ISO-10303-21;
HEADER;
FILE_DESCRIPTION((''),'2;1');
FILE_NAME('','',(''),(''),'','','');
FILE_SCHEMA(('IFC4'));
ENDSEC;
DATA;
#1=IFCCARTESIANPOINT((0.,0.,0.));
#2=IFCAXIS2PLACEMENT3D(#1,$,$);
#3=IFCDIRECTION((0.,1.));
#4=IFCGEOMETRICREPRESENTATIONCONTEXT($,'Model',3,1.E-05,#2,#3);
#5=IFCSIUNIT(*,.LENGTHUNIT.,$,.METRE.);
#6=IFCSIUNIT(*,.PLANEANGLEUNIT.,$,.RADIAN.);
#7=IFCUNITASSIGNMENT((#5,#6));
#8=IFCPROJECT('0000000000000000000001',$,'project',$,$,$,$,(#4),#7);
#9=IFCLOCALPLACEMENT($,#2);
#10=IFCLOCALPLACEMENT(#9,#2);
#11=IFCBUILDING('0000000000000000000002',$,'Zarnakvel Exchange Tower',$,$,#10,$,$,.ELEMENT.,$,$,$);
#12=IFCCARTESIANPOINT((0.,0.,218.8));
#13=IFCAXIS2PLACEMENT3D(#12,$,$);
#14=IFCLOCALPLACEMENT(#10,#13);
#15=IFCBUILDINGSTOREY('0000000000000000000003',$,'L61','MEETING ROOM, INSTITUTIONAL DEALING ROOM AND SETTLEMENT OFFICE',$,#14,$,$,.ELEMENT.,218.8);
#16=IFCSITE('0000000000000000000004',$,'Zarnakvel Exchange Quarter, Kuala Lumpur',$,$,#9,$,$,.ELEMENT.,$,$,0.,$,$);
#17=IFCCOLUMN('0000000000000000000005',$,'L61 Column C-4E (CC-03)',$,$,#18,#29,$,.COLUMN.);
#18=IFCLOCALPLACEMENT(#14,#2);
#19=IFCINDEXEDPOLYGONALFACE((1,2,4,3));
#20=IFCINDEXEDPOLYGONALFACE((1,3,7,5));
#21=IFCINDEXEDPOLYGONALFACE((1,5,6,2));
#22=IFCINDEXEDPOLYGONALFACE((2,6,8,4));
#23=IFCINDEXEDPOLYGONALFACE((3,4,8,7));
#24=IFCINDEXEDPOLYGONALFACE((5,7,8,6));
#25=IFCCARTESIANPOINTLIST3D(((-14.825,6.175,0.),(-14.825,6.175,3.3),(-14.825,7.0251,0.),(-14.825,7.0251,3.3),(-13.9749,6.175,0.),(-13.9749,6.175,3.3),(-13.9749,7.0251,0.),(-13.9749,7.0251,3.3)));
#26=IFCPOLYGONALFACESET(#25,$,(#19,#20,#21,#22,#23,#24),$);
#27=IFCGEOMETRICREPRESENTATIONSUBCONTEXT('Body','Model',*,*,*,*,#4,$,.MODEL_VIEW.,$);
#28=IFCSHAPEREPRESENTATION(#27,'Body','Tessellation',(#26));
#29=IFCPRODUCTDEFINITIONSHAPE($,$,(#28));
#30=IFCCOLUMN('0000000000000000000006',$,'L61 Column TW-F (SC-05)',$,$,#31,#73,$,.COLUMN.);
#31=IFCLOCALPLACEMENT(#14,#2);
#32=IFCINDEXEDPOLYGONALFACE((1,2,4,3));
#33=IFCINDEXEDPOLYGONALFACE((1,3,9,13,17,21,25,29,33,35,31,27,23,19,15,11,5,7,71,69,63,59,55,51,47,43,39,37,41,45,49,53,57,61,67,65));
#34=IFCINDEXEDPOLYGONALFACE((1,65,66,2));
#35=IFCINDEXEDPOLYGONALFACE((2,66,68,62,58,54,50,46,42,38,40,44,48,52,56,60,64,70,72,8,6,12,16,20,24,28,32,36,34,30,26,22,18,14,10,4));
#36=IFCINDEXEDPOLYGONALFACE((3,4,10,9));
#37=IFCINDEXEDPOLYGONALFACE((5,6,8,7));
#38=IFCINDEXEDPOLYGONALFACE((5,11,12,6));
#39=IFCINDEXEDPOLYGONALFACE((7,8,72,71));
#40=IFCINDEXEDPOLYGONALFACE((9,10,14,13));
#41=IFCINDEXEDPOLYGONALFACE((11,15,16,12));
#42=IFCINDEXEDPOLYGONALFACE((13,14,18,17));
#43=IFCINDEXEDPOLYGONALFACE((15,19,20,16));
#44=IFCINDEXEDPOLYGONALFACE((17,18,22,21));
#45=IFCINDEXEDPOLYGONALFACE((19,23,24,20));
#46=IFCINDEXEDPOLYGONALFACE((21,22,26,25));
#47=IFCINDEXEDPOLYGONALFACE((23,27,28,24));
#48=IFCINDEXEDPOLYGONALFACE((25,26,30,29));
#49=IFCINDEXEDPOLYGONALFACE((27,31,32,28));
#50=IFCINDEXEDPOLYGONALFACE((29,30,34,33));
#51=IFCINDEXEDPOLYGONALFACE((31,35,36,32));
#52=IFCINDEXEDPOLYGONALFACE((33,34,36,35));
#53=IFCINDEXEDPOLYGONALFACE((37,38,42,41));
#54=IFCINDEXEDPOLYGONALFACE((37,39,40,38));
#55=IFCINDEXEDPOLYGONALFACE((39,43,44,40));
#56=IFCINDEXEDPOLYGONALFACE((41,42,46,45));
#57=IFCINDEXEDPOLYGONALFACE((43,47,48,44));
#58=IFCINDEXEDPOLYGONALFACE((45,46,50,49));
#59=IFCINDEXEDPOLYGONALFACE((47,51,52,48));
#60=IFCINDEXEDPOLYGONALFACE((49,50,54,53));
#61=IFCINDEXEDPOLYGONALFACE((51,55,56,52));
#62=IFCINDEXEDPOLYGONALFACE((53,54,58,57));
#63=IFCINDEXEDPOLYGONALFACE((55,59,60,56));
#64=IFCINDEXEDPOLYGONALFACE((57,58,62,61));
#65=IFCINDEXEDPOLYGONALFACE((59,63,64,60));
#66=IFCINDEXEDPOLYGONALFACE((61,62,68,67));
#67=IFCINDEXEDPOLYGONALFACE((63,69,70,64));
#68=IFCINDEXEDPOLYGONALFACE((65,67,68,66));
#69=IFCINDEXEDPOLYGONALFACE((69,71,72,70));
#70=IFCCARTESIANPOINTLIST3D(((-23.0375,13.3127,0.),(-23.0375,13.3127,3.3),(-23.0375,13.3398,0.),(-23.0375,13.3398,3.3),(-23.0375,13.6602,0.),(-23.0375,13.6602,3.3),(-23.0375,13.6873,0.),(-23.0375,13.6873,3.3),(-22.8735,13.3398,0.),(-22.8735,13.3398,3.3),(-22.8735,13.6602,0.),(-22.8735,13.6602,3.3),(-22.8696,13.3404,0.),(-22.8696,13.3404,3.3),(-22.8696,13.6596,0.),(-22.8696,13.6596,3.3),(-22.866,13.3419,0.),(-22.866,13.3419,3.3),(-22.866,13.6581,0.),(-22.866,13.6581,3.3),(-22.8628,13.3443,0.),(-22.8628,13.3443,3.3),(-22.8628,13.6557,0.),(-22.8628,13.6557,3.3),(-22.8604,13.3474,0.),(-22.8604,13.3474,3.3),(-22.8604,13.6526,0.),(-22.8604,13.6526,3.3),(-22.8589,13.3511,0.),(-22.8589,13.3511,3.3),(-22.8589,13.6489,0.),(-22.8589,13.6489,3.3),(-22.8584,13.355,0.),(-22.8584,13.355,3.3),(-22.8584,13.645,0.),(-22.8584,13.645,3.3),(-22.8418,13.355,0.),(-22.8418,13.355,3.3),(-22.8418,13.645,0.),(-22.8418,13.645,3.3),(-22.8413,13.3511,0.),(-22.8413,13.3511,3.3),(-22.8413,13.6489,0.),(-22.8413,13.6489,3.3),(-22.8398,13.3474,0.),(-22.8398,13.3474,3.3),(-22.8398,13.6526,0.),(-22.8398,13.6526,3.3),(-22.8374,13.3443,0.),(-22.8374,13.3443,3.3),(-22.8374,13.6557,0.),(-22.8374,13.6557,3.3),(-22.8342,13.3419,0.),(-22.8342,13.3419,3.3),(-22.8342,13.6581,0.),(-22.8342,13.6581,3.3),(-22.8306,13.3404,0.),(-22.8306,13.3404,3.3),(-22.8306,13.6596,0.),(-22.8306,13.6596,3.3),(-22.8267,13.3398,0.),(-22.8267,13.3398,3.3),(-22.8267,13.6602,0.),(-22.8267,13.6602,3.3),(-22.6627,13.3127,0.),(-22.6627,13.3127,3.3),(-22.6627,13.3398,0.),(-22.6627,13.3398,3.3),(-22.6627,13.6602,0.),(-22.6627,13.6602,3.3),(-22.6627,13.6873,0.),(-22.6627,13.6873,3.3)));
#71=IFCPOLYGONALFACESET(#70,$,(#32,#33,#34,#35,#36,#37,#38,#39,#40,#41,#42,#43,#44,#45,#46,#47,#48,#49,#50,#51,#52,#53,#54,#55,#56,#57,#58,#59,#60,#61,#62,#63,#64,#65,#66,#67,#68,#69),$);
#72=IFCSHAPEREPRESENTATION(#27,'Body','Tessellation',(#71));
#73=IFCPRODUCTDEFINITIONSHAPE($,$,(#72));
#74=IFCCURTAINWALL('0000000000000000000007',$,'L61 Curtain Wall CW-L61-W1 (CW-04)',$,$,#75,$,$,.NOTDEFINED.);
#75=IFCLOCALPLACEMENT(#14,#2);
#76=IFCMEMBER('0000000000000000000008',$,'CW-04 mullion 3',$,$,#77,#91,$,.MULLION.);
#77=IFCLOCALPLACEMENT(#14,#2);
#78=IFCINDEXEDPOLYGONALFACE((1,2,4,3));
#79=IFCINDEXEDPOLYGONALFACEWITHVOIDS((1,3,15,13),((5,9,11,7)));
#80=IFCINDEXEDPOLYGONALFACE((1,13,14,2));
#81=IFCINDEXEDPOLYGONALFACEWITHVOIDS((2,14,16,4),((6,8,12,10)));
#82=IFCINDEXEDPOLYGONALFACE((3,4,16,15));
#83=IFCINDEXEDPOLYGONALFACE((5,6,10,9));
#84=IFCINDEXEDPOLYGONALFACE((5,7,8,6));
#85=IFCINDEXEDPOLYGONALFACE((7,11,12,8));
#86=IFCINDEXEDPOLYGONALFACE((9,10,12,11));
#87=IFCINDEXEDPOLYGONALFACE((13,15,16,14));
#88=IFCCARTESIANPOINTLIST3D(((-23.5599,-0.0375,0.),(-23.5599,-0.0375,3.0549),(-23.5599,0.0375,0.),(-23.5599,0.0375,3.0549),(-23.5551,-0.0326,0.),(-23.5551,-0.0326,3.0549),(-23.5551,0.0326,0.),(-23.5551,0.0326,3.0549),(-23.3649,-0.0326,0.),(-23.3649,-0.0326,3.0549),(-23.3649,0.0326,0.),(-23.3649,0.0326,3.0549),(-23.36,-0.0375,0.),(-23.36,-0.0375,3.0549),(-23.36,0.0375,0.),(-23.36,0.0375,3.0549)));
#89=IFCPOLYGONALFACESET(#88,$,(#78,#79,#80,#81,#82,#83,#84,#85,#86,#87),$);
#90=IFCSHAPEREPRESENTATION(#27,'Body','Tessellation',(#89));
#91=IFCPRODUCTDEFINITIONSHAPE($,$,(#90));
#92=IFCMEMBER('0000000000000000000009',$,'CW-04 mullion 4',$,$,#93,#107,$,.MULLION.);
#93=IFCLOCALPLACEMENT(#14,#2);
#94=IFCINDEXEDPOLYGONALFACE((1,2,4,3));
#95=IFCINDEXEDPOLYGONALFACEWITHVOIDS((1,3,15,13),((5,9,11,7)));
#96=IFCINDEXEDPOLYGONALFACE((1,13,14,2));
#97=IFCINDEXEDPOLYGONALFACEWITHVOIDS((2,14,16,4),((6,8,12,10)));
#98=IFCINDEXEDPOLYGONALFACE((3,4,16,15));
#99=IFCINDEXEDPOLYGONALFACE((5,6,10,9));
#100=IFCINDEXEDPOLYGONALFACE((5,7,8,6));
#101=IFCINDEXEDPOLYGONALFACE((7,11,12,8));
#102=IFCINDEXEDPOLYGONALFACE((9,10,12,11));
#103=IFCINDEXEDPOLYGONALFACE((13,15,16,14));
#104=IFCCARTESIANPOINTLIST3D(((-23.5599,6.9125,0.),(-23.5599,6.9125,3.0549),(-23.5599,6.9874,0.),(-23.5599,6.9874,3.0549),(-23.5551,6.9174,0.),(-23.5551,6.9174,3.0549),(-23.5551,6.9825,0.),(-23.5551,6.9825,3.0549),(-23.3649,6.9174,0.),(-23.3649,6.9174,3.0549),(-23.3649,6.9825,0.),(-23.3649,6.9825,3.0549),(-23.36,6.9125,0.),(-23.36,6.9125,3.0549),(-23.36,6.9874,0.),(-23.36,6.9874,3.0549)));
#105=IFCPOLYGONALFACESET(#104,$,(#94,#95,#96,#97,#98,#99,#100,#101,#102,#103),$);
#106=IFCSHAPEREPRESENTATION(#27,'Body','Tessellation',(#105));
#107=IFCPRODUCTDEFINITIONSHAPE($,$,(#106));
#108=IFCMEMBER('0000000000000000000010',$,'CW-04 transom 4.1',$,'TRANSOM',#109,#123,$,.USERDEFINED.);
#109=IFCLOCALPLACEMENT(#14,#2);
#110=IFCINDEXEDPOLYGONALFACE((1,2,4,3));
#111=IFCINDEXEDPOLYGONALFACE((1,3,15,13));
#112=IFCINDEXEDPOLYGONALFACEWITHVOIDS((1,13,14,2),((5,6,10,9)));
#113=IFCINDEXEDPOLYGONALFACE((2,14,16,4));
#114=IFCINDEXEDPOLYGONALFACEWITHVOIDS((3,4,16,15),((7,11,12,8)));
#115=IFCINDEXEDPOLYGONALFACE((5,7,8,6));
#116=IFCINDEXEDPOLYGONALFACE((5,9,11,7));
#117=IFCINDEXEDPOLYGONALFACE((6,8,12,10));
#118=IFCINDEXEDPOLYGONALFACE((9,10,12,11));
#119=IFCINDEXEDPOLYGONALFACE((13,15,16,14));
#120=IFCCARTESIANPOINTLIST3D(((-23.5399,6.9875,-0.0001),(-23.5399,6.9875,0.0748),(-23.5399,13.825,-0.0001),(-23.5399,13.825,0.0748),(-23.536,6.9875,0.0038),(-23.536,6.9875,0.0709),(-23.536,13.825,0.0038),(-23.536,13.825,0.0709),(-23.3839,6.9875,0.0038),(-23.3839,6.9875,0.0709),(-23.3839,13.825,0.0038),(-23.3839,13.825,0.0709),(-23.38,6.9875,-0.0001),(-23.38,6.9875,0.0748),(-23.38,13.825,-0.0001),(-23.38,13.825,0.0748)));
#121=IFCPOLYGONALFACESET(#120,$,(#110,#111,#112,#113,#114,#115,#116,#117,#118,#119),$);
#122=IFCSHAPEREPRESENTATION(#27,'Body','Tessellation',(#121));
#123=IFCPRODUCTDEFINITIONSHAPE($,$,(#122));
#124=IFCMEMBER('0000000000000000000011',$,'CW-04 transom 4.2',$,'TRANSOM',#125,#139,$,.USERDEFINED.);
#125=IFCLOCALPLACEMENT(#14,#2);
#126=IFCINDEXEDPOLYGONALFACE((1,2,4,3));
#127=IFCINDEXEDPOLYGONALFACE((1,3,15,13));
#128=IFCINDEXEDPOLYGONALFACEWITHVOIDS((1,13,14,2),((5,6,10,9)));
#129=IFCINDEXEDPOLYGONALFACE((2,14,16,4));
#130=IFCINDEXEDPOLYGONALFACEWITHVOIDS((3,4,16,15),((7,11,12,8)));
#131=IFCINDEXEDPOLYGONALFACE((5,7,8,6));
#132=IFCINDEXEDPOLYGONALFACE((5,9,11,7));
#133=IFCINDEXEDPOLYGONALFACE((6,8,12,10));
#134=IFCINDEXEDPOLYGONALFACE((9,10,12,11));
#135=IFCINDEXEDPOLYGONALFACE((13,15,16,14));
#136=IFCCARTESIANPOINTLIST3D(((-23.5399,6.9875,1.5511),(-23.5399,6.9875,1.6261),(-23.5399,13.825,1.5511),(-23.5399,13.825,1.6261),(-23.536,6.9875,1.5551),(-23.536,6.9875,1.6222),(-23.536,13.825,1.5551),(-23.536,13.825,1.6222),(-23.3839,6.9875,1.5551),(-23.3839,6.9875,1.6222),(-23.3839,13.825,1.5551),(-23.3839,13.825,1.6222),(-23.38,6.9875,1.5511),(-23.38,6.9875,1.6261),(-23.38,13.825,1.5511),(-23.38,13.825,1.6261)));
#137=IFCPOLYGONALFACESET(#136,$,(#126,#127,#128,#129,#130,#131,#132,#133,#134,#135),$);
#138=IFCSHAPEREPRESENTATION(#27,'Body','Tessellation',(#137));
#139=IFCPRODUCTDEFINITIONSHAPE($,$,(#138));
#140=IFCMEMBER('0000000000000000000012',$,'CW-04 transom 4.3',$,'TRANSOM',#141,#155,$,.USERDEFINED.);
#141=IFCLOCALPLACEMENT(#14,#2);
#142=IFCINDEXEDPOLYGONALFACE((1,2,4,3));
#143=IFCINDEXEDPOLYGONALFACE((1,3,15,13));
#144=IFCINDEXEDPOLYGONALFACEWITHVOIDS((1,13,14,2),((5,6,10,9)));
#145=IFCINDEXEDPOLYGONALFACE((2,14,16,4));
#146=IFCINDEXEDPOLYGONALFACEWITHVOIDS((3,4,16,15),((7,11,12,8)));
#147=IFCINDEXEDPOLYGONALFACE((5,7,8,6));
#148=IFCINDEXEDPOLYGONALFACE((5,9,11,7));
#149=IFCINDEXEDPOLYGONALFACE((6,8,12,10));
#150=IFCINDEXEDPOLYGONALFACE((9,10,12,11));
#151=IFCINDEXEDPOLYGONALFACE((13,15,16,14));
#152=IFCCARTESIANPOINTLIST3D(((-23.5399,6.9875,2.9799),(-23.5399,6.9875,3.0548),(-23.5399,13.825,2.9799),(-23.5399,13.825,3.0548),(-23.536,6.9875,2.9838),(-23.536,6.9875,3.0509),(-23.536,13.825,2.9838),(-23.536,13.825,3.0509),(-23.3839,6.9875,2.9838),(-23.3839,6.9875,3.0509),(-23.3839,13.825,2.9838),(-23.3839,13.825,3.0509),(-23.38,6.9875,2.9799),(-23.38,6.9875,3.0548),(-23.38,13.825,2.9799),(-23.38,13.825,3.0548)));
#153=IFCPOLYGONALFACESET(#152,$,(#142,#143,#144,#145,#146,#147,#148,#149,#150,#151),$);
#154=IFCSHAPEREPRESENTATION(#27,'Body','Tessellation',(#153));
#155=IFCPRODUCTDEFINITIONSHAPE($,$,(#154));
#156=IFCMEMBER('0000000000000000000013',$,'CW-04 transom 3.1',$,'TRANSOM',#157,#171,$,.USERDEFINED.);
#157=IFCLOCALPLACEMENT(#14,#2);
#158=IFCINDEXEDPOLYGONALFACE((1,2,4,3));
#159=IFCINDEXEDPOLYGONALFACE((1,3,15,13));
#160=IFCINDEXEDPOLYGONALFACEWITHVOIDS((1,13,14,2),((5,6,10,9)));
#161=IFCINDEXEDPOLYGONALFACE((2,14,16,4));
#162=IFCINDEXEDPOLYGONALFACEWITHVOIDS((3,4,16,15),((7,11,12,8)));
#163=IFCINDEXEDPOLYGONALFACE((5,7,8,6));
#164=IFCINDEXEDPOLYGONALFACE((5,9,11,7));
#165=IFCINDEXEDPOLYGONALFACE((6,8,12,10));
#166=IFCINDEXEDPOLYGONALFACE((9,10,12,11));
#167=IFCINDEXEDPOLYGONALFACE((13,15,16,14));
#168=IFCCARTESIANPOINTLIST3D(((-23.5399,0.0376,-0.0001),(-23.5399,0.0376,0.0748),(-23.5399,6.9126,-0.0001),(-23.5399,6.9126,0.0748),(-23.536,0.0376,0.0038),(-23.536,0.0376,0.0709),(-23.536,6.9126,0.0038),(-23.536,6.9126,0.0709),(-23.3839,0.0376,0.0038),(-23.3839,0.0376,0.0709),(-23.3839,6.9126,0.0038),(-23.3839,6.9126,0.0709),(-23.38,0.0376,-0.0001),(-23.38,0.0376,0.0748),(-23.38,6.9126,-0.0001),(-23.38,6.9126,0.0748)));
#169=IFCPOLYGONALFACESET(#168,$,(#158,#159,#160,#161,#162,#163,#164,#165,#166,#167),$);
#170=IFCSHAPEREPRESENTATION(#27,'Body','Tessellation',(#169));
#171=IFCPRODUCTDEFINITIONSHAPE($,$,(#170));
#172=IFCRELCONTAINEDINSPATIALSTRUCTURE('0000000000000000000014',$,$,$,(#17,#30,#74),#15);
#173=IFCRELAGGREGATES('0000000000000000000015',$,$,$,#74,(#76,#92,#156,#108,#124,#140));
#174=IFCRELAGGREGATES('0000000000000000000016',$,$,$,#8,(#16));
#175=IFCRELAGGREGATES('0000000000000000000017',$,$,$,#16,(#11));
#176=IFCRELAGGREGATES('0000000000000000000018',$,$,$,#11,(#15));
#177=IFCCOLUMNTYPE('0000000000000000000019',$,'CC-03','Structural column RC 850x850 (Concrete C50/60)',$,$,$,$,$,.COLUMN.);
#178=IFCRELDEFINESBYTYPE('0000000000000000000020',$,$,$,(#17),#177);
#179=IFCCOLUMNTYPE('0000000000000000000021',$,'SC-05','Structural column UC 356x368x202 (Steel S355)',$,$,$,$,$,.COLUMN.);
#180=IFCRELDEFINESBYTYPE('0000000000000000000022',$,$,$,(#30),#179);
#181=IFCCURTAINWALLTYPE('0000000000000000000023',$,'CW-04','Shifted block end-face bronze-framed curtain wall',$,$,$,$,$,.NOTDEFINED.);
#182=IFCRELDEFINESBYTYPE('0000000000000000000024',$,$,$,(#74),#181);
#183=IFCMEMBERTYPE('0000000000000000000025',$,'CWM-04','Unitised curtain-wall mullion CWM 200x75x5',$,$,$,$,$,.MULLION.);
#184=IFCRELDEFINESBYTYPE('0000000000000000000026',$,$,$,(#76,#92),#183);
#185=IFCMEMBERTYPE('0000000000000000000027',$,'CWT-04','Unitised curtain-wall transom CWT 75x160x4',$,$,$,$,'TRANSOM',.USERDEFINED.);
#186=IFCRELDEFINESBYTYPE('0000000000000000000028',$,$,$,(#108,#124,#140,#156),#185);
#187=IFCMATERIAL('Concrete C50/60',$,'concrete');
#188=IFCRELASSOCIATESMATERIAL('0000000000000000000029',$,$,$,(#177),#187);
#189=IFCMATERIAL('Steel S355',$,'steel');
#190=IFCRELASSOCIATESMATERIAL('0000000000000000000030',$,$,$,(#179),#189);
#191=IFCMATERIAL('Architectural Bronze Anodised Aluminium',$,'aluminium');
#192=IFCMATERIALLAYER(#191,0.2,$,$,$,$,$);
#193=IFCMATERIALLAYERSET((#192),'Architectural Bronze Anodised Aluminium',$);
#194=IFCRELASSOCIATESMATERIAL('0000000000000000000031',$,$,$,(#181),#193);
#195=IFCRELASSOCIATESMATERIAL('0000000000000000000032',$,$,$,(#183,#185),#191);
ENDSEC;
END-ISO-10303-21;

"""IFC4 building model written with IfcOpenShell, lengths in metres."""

from ifc_helpers import new_model, si_unit, direction, frame, origin, origin_2d, place, context, subcontext, project, spatial, rectangle, hollow_rectangle, i_section, extrude, source, transform, mapped, material, layer, layer_set, material_profile, profile_set, type_object, element, aggregate, save


model = new_model("IFC4")

# Units and contexts
model_context = context("Model", 3, precision=1e-05, world=origin(), true_north=direction((0.0, 1.0)))
body_context = subcontext(model_context, "Body", "Model", "MODEL_VIEW")
ifc_project = project(units=[si_unit("LENGTHUNIT", "METRE"), si_unit("PLANEANGLEUNIT", "RADIAN")], contexts=[model_context])

# Site, building, storey
site_placement = place(None, origin())
site = spatial("IfcSite", under=ifc_project, at=site_placement, Name="Zarnakvel Exchange Quarter, Kuala Lumpur", CompositionType="ELEMENT", RefElevation=0.0)
building_placement = place(site_placement, origin())
building = spatial("IfcBuilding", under=site, at=building_placement, Name="Zarnakvel Exchange Tower", CompositionType="ELEMENT")
storey_placement = place(building_placement, frame((0.0, 0.0, 218.8)))
storey = spatial("IfcBuildingStorey", under=building, at=storey_placement, Name="L61", Description="MEETING ROOM, INSTITUTIONAL DEALING ROOM AND SETTLEMENT OFFICE", CompositionType="ELEMENT", Elevation=218.8)

# Columns
ifc_material_1 = material(Name="Concrete C50/60", Category="concrete")
ifc_material_profile_1 = material_profile(ifc_material_1, rectangle(XDim=0.8501, YDim=0.8501, at=origin_2d()))
ifc_profile_set_1 = profile_set([ifc_material_profile_1], Name="Concrete C50/60")
column_type_1 = type_object("IfcColumnType", Name="CC-03", Description="Structural column RC 850x850 (Concrete C50/60)", PredefinedType="COLUMN", material=ifc_profile_set_1)
column_1_placement = place(storey_placement, frame((-14.3999, 6.6001, 0.0), z_axis=(0.0, 0.0, 1.0), x_axis=(1.0, 0.0, 0.0)))
element("IfcColumn", 1, at=column_1_placement, inside=storey, type_object=column_type_1, Name="L61 Column C-4E (CC-03)", PredefinedType="COLUMN", context=body_context, shape_type="SweptSolid", body=[
    extrude(rectangle(XDim=0.8501, YDim=0.8501, at=origin_2d()), origin(), (0.0, 0.0, 1.0), 3.3),
])
ifc_material_2 = material(Name="Steel S355", Category="steel")
ifc_material_profile_2 = material_profile(ifc_material_2, i_section(OverallWidth=0.3748, OverallDepth=0.3745, WebThickness=0.0166, FlangeThickness=0.0271, FilletRadius=0.0151, at=origin_2d()))
ifc_profile_set_2 = profile_set([ifc_material_profile_2], Name="Steel S355")
column_type_2 = type_object("IfcColumnType", Name="SC-05", Description="Structural column UC 356x368x202 (Steel S355)", PredefinedType="COLUMN", material=ifc_profile_set_2)
column_2_placement = place(storey_placement, frame((-22.8501, 13.5, 0.0), z_axis=(0.0, 0.0, 1.0), x_axis=(1.0, 0.0, 0.0)))
element("IfcColumn", 2, at=column_2_placement, inside=storey, type_object=column_type_2, Name="L61 Column TW-F (SC-05)", PredefinedType="COLUMN", context=body_context, shape_type="SweptSolid", body=[
    extrude(i_section(OverallWidth=0.3748, OverallDepth=0.3745, WebThickness=0.0166, FlangeThickness=0.0271, FilletRadius=0.0151, at=origin_2d()), origin(), (0.0, 0.0, 1.0), 3.3),
])

# Curtain wall, members
ifc_material_3 = material(Name="Architectural Bronze Anodised Aluminium", Category="aluminium")
ifc_layer_1 = layer(ifc_material_3, 0.2)
ifc_layer_set_1 = layer_set([ifc_layer_1], Name="Architectural Bronze Anodised Aluminium")
curtain_wall_type = type_object("IfcCurtainWallType", Name="CW-04", Description="Shifted block end-face bronze-framed curtain wall", PredefinedType="NOTDEFINED", material=ifc_layer_set_1)
curtain_wall_placement = place(storey_placement, origin())
curtain_wall = element("IfcCurtainWall", 3, at=curtain_wall_placement, inside=storey, type_object=curtain_wall_type, Name="L61 Curtain Wall CW-L61-W1 (CW-04)", PredefinedType="NOTDEFINED")
ifc_material_profile_3 = material_profile(ifc_material_3, hollow_rectangle(XDim=0.2, YDim=0.075, WallThickness=0.0049, at=origin_2d()))
ifc_profile_set_3 = profile_set([ifc_material_profile_3], Name="Architectural Bronze Anodised Aluminium")
member_type_1 = type_object("IfcMemberType", Name="CWM-04", Description="Unitised curtain-wall mullion CWM 200x75x5", PredefinedType="MULLION", material=ifc_profile_set_3)
shared_shape_1 = source(origin(), body_context, "Body", "SweptSolid", [
    extrude(hollow_rectangle(XDim=0.2, YDim=0.075, WallThickness=0.0049, at=origin_2d()), origin(), (0.0, 0.0, 1.0), 3.0549),
])
member_1_placement = place(storey_placement, frame((-23.46, 0.0, 0.0), z_axis=(0.0, 0.0, 1.0), x_axis=(-1.0, 0.0, 0.0)))
member_1 = element("IfcMember", 4, at=member_1_placement, type_object=member_type_1, Name="CW-04 mullion 3", PredefinedType="MULLION", context=body_context, shape_type="MappedRepresentation", body=[
    mapped(shared_shape_1, transform((0.0, 0.0, 0.0), x_axis=(1.0, 0.0, 0.0), y_axis=(0.0, 1.0, 0.0), z_axis=(0.0, 0.0, 1.0), scale=1.0)),
])
member_2_placement = place(storey_placement, frame((-23.46, 6.95, 0.0), z_axis=(0.0, 0.0, 1.0), x_axis=(-1.0, 0.0, 0.0)))
member_2 = element("IfcMember", 5, at=member_2_placement, type_object=member_type_1, Name="CW-04 mullion 4", PredefinedType="MULLION", context=body_context, shape_type="MappedRepresentation", body=[
    mapped(shared_shape_1, transform((0.0, 0.0, 0.0), x_axis=(1.0, 0.0, 0.0), y_axis=(0.0, 1.0, 0.0), z_axis=(0.0, 0.0, 1.0), scale=1.0)),
])
ifc_material_profile_4 = material_profile(ifc_material_3, hollow_rectangle(XDim=0.1599, YDim=0.075, WallThickness=0.0039, at=origin_2d()))
ifc_profile_set_4 = profile_set([ifc_material_profile_4], Name="Architectural Bronze Anodised Aluminium")
member_type_2 = type_object("IfcMemberType", Name="CWT-04", Description="Unitised curtain-wall transom CWT 75x160x4", ElementType="TRANSOM", PredefinedType="USERDEFINED", material=ifc_profile_set_4)
shared_shape_2 = source(origin(), body_context, "Body", "SweptSolid", [
    extrude(hollow_rectangle(XDim=0.1599, YDim=0.075, WallThickness=0.0039, at=origin_2d()), origin(), (0.0, 0.0, 1.0), 6.8374),
])
member_3_placement = place(storey_placement, frame((-23.46, 6.9875, 0.0374), z_axis=(0.0, 1.0, 0.0), x_axis=(-1.0, 0.0, 0.0)))
member_3 = element("IfcMember", 6, at=member_3_placement, type_object=member_type_2, Name="CW-04 transom 4.1", ObjectType="TRANSOM", PredefinedType="USERDEFINED", context=body_context, shape_type="MappedRepresentation", body=[
    mapped(shared_shape_2, transform((0.0, 0.0, 0.0), x_axis=(1.0, 0.0, 0.0), y_axis=(0.0, 1.0, 0.0), z_axis=(0.0, 0.0, 1.0), scale=1.0)),
])
member_4_placement = place(storey_placement, frame((-23.46, 6.9875, 1.5886), z_axis=(0.0, 1.0, 0.0), x_axis=(-1.0, 0.0, 0.0)))
member_4 = element("IfcMember", 7, at=member_4_placement, type_object=member_type_2, Name="CW-04 transom 4.2", ObjectType="TRANSOM", PredefinedType="USERDEFINED", context=body_context, shape_type="MappedRepresentation", body=[
    mapped(shared_shape_2, transform((0.0, 0.0, 0.0), x_axis=(1.0, 0.0, 0.0), y_axis=(0.0, 1.0, 0.0), z_axis=(0.0, 0.0, 1.0), scale=1.0)),
])
member_5_placement = place(storey_placement, frame((-23.46, 6.9875, 3.0173), z_axis=(0.0, 1.0, 0.0), x_axis=(-1.0, 0.0, 0.0)))
member_5 = element("IfcMember", 8, at=member_5_placement, type_object=member_type_2, Name="CW-04 transom 4.3", ObjectType="TRANSOM", PredefinedType="USERDEFINED", context=body_context, shape_type="MappedRepresentation", body=[
    mapped(shared_shape_2, transform((0.0, 0.0, 0.0), x_axis=(1.0, 0.0, 0.0), y_axis=(0.0, 1.0, 0.0), z_axis=(0.0, 0.0, 1.0), scale=1.0)),
])
shared_shape_3 = source(origin(), body_context, "Body", "SweptSolid", [
    extrude(hollow_rectangle(XDim=0.1599, YDim=0.075, WallThickness=0.0039, at=origin_2d()), origin(), (0.0, 0.0, 1.0), 6.875),
])
member_6_placement = place(storey_placement, frame((-23.46, 0.0376, 0.0374), z_axis=(0.0, 1.0, 0.0), x_axis=(-1.0, 0.0, 0.0)))
member_6 = element("IfcMember", 9, at=member_6_placement, type_object=member_type_2, Name="CW-04 transom 3.1", ObjectType="TRANSOM", PredefinedType="USERDEFINED", context=body_context, shape_type="MappedRepresentation", body=[
    mapped(shared_shape_3, transform((0.0, 0.0, 0.0), x_axis=(1.0, 0.0, 0.0), y_axis=(0.0, 1.0, 0.0), z_axis=(0.0, 0.0, 1.0), scale=1.0)),
])
aggregate(curtain_wall, [member_1, member_2, member_6, member_3, member_4, member_5])

save(model, "model.ifc")
